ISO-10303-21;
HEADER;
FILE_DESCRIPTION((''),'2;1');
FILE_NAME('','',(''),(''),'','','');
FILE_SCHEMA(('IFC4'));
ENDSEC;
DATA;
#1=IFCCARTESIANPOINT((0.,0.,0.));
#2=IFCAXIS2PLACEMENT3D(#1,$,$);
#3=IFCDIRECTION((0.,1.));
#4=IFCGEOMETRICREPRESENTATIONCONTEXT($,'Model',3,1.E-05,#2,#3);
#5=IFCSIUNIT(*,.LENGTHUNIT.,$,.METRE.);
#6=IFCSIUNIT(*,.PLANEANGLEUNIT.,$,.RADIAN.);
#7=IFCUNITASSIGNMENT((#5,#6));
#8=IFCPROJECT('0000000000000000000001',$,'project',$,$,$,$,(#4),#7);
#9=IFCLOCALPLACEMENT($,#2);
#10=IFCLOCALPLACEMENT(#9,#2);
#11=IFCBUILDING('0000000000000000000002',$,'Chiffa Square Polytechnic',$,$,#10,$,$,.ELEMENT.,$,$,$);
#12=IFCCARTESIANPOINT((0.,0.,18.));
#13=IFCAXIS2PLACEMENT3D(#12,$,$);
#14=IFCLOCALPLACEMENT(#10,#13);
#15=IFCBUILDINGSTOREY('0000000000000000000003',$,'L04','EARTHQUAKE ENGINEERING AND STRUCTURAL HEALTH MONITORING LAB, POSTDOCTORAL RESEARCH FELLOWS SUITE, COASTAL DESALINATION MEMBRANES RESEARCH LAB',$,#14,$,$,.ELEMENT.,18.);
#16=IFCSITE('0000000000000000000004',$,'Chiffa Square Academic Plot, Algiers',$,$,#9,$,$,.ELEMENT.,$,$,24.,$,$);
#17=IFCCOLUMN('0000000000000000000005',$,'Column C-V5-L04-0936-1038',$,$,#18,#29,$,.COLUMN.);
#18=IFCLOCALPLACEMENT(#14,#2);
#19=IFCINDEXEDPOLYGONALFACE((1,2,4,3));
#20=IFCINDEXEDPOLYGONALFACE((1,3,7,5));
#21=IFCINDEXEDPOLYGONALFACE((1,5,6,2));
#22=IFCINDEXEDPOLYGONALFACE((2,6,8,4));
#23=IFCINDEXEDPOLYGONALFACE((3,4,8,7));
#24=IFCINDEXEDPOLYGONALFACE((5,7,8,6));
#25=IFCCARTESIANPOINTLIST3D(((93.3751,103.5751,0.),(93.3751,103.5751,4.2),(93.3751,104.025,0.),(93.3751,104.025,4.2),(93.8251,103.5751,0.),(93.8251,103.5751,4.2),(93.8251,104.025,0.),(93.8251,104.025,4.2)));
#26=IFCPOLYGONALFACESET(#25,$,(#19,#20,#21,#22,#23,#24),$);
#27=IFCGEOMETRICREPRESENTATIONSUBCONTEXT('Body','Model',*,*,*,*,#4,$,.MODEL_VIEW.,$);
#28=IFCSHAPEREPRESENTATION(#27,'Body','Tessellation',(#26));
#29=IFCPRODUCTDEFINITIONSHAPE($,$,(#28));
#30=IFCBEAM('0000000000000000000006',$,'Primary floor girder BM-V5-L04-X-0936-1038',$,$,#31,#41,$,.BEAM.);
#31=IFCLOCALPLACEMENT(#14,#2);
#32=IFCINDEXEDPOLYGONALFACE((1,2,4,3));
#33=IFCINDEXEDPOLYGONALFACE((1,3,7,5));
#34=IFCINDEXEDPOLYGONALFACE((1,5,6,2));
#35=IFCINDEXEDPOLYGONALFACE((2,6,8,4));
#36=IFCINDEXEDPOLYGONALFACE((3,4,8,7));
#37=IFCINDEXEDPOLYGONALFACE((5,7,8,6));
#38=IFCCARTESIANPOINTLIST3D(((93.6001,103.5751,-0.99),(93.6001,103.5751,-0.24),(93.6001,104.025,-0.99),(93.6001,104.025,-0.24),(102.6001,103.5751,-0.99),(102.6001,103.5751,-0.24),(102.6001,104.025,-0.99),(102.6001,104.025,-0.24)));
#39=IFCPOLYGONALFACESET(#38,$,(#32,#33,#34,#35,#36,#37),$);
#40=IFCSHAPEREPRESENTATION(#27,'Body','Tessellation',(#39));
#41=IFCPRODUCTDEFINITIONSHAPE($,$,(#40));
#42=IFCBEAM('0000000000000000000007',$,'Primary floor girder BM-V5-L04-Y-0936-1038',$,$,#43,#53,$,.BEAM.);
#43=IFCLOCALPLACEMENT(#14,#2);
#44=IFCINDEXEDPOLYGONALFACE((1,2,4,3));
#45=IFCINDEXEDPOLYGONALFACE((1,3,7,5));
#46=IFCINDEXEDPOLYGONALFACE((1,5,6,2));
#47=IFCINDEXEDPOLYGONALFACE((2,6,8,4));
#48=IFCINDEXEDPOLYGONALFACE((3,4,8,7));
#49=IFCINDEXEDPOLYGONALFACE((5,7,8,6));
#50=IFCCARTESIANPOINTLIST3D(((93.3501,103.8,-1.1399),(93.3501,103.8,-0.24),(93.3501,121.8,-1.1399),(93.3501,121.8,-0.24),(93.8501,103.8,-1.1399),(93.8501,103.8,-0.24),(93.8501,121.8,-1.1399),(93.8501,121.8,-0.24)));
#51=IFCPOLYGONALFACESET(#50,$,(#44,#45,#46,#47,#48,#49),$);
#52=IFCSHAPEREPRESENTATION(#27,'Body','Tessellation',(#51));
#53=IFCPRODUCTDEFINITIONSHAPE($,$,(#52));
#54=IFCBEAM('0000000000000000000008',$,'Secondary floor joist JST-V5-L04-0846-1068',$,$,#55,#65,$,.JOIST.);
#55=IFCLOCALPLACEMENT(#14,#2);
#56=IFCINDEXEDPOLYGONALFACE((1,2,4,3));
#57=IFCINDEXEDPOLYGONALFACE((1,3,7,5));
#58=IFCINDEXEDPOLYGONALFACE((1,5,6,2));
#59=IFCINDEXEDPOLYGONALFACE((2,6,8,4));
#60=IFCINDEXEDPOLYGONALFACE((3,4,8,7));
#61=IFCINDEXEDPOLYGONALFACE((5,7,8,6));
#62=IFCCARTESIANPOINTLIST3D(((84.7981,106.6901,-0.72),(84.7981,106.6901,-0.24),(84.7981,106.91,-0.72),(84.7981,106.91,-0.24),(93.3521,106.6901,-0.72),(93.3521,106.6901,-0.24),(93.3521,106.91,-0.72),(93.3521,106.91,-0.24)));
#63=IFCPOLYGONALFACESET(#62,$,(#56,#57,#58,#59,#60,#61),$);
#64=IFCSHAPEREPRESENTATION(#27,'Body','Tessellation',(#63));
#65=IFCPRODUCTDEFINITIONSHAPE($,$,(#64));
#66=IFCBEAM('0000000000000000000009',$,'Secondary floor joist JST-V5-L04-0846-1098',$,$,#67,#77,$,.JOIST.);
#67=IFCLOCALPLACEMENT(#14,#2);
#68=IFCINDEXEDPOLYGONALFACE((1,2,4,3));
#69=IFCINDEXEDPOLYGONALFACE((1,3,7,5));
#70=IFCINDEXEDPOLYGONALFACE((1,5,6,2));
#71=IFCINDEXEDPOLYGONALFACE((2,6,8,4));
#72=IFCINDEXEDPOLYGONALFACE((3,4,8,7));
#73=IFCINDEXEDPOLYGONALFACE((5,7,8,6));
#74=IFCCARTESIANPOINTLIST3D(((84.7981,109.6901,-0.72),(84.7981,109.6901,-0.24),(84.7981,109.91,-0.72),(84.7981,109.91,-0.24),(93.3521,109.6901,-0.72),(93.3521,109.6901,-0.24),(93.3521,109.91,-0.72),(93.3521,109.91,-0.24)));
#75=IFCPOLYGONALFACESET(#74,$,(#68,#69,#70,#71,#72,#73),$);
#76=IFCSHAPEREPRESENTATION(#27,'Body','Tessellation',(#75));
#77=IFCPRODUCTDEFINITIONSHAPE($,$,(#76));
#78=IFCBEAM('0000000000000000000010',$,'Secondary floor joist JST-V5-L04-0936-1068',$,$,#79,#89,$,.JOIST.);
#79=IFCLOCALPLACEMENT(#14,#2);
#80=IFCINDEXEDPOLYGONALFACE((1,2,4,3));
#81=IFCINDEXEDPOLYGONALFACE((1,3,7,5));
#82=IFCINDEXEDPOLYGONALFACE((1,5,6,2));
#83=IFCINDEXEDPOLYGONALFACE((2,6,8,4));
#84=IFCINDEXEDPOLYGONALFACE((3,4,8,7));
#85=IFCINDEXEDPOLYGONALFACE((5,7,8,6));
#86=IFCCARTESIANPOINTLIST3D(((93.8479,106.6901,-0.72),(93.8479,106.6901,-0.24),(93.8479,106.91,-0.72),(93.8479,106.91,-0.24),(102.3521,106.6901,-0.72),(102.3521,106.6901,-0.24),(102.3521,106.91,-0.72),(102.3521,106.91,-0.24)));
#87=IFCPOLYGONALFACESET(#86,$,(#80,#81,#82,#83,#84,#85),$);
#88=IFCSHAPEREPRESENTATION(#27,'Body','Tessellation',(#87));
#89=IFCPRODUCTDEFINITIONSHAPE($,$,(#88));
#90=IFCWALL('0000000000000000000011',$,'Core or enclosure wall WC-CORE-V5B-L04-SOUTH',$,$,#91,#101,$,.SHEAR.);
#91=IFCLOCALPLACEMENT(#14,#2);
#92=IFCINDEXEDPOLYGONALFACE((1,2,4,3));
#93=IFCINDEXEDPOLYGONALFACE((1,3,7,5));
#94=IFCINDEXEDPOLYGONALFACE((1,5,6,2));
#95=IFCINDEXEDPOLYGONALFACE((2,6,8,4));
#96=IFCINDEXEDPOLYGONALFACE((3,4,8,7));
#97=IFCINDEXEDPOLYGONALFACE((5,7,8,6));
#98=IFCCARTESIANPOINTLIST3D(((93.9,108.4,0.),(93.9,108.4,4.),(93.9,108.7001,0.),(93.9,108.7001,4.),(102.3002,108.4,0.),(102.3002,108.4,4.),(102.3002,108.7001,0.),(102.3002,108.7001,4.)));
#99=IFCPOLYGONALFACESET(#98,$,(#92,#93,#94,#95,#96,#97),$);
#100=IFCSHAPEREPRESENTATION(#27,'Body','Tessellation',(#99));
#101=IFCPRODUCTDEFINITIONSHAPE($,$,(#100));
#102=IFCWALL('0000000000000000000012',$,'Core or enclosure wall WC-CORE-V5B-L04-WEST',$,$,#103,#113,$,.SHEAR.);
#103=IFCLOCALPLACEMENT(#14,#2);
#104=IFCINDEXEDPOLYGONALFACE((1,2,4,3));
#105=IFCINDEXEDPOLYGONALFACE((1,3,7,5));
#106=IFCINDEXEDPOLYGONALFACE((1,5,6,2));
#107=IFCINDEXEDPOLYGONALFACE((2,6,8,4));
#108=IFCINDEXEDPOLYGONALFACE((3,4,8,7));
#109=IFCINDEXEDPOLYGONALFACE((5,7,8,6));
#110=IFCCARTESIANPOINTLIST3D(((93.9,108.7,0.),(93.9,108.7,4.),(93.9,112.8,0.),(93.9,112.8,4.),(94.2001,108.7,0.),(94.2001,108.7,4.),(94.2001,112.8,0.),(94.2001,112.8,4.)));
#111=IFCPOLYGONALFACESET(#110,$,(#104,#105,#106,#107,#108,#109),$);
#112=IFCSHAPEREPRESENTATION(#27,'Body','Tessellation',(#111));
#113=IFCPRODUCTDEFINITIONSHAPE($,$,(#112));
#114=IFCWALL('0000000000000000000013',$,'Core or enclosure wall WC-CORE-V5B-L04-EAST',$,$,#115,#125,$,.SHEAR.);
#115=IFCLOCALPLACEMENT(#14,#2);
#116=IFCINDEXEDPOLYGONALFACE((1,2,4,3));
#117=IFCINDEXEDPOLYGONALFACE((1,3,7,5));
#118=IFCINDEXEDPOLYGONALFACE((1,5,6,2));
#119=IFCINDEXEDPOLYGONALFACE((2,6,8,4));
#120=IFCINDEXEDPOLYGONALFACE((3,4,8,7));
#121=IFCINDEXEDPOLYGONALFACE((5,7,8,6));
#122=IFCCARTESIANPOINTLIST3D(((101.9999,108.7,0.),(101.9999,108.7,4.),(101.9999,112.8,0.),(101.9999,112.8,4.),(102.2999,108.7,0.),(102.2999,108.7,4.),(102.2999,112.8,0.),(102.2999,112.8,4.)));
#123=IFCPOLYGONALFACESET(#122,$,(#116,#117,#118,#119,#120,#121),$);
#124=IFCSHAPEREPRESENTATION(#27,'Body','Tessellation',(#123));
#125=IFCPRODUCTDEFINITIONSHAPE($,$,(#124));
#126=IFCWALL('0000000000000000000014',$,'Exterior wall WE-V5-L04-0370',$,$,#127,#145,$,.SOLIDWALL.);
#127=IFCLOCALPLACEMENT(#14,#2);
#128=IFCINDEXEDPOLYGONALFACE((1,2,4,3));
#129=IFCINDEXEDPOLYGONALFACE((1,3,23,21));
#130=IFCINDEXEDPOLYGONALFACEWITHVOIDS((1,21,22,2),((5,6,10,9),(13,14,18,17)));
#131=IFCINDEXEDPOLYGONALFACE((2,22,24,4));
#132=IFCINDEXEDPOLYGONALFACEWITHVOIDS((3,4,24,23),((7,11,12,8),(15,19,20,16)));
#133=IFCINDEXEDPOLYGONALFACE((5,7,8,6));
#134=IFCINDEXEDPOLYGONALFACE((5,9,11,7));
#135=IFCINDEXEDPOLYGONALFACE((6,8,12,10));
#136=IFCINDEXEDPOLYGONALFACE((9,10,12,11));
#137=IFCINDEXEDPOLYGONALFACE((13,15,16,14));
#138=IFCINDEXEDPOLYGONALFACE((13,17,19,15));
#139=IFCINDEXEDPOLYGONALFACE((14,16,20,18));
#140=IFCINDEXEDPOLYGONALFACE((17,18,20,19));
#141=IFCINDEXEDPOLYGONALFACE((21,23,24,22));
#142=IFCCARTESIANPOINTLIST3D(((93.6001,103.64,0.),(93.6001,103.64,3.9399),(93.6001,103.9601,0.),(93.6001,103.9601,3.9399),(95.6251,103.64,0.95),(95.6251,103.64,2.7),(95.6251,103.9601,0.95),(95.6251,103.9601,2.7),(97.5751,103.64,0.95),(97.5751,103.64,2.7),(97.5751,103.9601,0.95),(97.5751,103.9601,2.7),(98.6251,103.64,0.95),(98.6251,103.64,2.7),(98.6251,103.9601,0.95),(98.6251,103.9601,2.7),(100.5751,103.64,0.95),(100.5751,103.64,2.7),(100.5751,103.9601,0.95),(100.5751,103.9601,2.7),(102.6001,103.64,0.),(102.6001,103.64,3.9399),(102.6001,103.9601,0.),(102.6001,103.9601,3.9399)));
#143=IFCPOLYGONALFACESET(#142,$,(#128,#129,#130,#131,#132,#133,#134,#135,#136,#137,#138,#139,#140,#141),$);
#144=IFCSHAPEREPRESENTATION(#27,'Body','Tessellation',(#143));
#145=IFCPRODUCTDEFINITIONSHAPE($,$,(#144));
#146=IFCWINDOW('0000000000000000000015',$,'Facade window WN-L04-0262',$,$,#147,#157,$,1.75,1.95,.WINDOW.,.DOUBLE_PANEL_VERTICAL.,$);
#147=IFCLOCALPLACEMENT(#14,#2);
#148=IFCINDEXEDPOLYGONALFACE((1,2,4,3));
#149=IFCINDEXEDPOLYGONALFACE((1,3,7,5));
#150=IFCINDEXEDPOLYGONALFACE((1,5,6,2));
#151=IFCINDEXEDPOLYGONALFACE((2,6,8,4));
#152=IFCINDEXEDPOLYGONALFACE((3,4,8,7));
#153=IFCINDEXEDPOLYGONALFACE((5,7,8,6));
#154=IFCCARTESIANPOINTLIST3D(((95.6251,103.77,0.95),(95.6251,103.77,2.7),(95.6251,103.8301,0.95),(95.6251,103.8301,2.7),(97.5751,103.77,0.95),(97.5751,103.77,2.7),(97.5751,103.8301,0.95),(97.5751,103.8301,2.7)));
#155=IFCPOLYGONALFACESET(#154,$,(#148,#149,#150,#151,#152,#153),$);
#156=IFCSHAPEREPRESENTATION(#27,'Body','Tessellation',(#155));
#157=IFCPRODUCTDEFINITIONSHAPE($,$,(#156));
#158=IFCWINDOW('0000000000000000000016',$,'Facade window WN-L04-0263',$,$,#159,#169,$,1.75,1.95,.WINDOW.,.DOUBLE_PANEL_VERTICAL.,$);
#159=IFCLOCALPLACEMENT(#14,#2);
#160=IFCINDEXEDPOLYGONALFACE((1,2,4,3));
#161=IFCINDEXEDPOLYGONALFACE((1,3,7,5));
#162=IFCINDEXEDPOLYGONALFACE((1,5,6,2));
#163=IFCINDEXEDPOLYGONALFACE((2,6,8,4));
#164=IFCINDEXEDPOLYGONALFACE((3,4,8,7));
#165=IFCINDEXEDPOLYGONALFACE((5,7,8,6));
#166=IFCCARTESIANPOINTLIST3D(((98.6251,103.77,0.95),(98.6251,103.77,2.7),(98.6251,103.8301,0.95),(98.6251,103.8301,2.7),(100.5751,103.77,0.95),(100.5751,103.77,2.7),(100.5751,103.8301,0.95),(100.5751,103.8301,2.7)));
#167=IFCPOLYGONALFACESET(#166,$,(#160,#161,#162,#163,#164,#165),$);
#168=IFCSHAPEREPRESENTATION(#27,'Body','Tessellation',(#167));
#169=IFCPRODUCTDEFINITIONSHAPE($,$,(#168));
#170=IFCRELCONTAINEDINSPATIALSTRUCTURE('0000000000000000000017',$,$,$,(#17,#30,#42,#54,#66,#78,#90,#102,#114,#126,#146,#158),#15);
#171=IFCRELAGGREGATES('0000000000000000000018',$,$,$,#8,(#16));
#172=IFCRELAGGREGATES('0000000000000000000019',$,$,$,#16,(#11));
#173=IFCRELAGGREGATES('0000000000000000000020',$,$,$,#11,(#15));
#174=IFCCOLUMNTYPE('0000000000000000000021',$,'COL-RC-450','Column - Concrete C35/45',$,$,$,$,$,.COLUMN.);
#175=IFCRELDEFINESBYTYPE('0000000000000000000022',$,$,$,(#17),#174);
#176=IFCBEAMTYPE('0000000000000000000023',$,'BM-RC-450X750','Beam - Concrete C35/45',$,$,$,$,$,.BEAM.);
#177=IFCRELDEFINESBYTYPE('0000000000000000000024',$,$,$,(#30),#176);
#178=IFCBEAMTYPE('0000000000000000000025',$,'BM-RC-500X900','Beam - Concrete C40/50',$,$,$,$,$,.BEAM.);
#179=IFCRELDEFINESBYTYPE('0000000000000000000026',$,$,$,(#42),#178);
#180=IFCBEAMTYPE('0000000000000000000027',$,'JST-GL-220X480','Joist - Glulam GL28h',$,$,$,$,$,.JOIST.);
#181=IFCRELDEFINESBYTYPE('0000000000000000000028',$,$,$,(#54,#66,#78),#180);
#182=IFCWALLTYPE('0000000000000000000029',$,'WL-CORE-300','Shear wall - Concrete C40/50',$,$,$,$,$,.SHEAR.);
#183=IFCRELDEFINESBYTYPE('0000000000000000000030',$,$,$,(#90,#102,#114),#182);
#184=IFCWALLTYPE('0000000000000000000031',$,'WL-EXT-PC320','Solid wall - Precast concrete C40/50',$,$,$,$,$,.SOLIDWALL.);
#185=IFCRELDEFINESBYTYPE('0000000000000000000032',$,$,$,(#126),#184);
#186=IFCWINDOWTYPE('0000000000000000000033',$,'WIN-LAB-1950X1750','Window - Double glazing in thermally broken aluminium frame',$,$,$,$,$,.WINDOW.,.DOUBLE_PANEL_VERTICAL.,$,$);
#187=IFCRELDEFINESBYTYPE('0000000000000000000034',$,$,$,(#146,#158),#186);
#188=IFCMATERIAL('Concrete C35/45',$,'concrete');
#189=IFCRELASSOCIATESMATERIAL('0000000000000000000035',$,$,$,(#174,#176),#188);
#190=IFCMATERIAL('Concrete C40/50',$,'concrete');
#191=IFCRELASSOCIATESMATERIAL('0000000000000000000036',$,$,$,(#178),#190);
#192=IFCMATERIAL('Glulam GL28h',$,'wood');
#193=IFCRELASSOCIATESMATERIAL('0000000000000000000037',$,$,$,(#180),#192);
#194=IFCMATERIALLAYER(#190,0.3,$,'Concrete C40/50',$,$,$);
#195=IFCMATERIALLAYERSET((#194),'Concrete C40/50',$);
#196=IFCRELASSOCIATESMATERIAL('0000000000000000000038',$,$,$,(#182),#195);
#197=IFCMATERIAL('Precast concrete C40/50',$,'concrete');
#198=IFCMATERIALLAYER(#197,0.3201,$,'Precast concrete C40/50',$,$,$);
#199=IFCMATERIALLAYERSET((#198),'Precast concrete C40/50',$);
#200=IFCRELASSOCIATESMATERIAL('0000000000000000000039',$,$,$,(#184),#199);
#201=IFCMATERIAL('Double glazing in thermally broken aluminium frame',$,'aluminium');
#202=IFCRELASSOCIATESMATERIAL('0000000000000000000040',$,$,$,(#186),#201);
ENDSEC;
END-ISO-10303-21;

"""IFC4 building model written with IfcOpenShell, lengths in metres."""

from ifc_helpers import new_model, si_unit, direction, frame, frame_2d, origin, origin_2d, place, context, subcontext, project, spatial, rectangle, extrude, material, layer, layer_set, material_profile, profile_set, type_object, element, fill, save


model = new_model("IFC4")

# Units and contexts
model_context = context("Model", 3, precision=1e-05, world=origin(), true_north=direction((0.0, 1.0)))
body_context = subcontext(model_context, "Body", "Model", "MODEL_VIEW")
ifc_project = project(units=[si_unit("LENGTHUNIT", "METRE"), si_unit("PLANEANGLEUNIT", "RADIAN")], contexts=[model_context])

# Site, building, storey
site_placement = place(None, origin())
site = spatial("IfcSite", under=ifc_project, at=site_placement, Name="Chiffa Square Academic Plot, Algiers", CompositionType="ELEMENT", RefElevation=24.0)
building_placement = place(site_placement, origin())
building = spatial("IfcBuilding", under=site, at=building_placement, Name="Chiffa Square Polytechnic", CompositionType="ELEMENT")
storey_placement = place(building_placement, frame((0.0, 0.0, 18.0)))
storey = spatial("IfcBuildingStorey", under=building, at=storey_placement, Name="L04", Description="EARTHQUAKE ENGINEERING AND STRUCTURAL HEALTH MONITORING LAB, POSTDOCTORAL RESEARCH FELLOWS SUITE, COASTAL DESALINATION MEMBRANES RESEARCH LAB", CompositionType="ELEMENT", Elevation=18.0)

# Column
ifc_material_1 = material(Name="Concrete C35/45", Category="concrete")
ifc_material_profile_1 = material_profile(ifc_material_1, rectangle(XDim=0.45, YDim=0.45, at=origin_2d()), Name="RC 450x450")
ifc_profile_set_1 = profile_set([ifc_material_profile_1], Name="Concrete C35/45")
column_type = type_object("IfcColumnType", Name="COL-RC-450", Description="Column - Concrete C35/45", PredefinedType="COLUMN", material=ifc_profile_set_1)
column_placement = place(storey_placement, frame((93.6001, 103.8, 0.0), z_axis=(0.0, 0.0, 1.0), x_axis=(1.0, 0.0, 0.0)))
element("IfcColumn", 1, at=column_placement, inside=storey, type_object=column_type, Name="Column C-V5-L04-0936-1038", PredefinedType="COLUMN", context=body_context, shape_type="SweptSolid", body=[
    extrude(rectangle(XDim=0.45, YDim=0.45, at=origin_2d()), origin(), (0.0, 0.0, 1.0), 4.2),
])

# Beams
ifc_material_profile_2 = material_profile(ifc_material_1, rectangle(XDim=0.45, YDim=0.75, at=origin_2d()), Name="RC 450x750")
ifc_profile_set_2 = profile_set([ifc_material_profile_2], Name="Concrete C35/45")
beam_type_1 = type_object("IfcBeamType", Name="BM-RC-450X750", Description="Beam - Concrete C35/45", PredefinedType="BEAM", material=ifc_profile_set_2)
beam_1_placement = place(storey_placement, frame((93.6001, 103.8, -0.615), z_axis=(1.0, 0.0, 0.0), x_axis=(0.0, 1.0, 0.0)))
element("IfcBeam", 2, at=beam_1_placement, inside=storey, type_object=beam_type_1, Name="Primary floor girder BM-V5-L04-X-0936-1038", PredefinedType="BEAM", context=body_context, shape_type="SweptSolid", body=[
    extrude(rectangle(XDim=0.45, YDim=0.75, at=origin_2d()), origin(), (0.0, 0.0, 1.0), 9.0),
])
ifc_material_2 = material(Name="Concrete C40/50", Category="concrete")
ifc_material_profile_3 = material_profile(ifc_material_2, rectangle(XDim=0.5, YDim=0.8999, at=origin_2d()), Name="RC 500x900")
ifc_profile_set_3 = profile_set([ifc_material_profile_3], Name="Concrete C40/50")
beam_type_2 = type_object("IfcBeamType", Name="BM-RC-500X900", Description="Beam - Concrete C40/50", PredefinedType="BEAM", material=ifc_profile_set_3)
beam_2_placement = place(storey_placement, frame((93.6001, 103.8, -0.6899), z_axis=(0.0, 1.0, 0.0), x_axis=(-1.0, 0.0, 0.0)))
element("IfcBeam", 3, at=beam_2_placement, inside=storey, type_object=beam_type_2, Name="Primary floor girder BM-V5-L04-Y-0936-1038", PredefinedType="BEAM", context=body_context, shape_type="SweptSolid", body=[
    extrude(rectangle(XDim=0.5, YDim=0.8999, at=origin_2d()), origin(), (0.0, 0.0, 1.0), 18.0),
])
ifc_material_3 = material(Name="Glulam GL28h", Category="wood")
ifc_material_profile_4 = material_profile(ifc_material_3, rectangle(XDim=0.22, YDim=0.48, at=origin_2d()), Name="GL28h 220x480")
ifc_profile_set_4 = profile_set([ifc_material_profile_4], Name="Glulam GL28h")
beam_type_3 = type_object("IfcBeamType", Name="JST-GL-220X480", Description="Joist - Glulam GL28h", PredefinedType="JOIST", material=ifc_profile_set_4)
for number, where, z_axis, x_axis, name in (
    (4, (84.7981, 106.8, -0.48), (1.0, 0.0, 0.0), (0.0, 1.0, 0.0), "Secondary floor joist JST-V5-L04-0846-1068"),
    (5, (84.7981, 109.8, -0.48), (1.0, 0.0, 0.0), (0.0, 1.0, 0.0), "Secondary floor joist JST-V5-L04-0846-1098"),
):
    element("IfcBeam", number, at=place(storey_placement, frame(where, z_axis=z_axis, x_axis=x_axis)), inside=storey, type_object=beam_type_3, Name=name, PredefinedType="JOIST", context=body_context, shape_type="SweptSolid", body=[
        extrude(rectangle(XDim=0.22, YDim=0.48, at=origin_2d()), origin(), (0.0, 0.0, 1.0), 8.554),
    ])
beam_3_placement = place(storey_placement, frame((93.8479, 106.8, -0.48), z_axis=(1.0, 0.0, 0.0), x_axis=(0.0, 1.0, 0.0)))
element("IfcBeam", 6, at=beam_3_placement, inside=storey, type_object=beam_type_3, Name="Secondary floor joist JST-V5-L04-0936-1068", PredefinedType="JOIST", context=body_context, shape_type="SweptSolid", body=[
    extrude(rectangle(XDim=0.22, YDim=0.48, at=origin_2d()), origin(), (0.0, 0.0, 1.0), 8.5042),
])

# Walls
ifc_layer_1 = layer(ifc_material_2, 0.3, Name="Concrete C40/50")
ifc_layer_set_1 = layer_set([ifc_layer_1], Name="Concrete C40/50")
wall_type_1 = type_object("IfcWallType", Name="WL-CORE-300", Description="Shear wall - Concrete C40/50", PredefinedType="SHEAR", material=ifc_layer_set_1)
wall_1_placement = place(storey_placement, frame((93.8999, 108.55, 0.0), z_axis=(0.0, 0.0, 1.0), x_axis=(1.0, 0.0, 0.0)))
element("IfcWall", 7, at=wall_1_placement, inside=storey, type_object=wall_type_1, Name="Core or enclosure wall WC-CORE-V5B-L04-SOUTH", PredefinedType="SHEAR", context=body_context, shape_type="SweptSolid", body=[
    extrude(rectangle(XDim=8.4001, YDim=0.3, at=frame_2d((4.2002, 0.0))), origin(), (0.0, 0.0, 1.0), 4.0),
])
for number, where, z_axis, x_axis, name in (
    (8, (94.05, 108.7, 0.0), (0.0, 0.0, 1.0), (0.0, 1.0, 0.0), "Core or enclosure wall WC-CORE-V5B-L04-WEST"),
    (9, (102.1499, 108.7, 0.0), (0.0, 0.0, 1.0), (0.0, 1.0, 0.0), "Core or enclosure wall WC-CORE-V5B-L04-EAST"),
):
    element("IfcWall", number, at=place(storey_placement, frame(where, z_axis=z_axis, x_axis=x_axis)), inside=storey, type_object=wall_type_1, Name=name, PredefinedType="SHEAR", context=body_context, shape_type="SweptSolid", body=[
        extrude(rectangle(XDim=4.1001, YDim=0.3, at=frame_2d((2.05, 0.0))), origin(), (0.0, 0.0, 1.0), 4.0),
    ])

# Wall, openings, windows
ifc_material_4 = material(Name="Precast concrete C40/50", Category="concrete")
ifc_layer_2 = layer(ifc_material_4, 0.3201, Name="Precast concrete C40/50")
ifc_layer_set_2 = layer_set([ifc_layer_2], Name="Precast concrete C40/50")
wall_type_2 = type_object("IfcWallType", Name="WL-EXT-PC320", Description="Solid wall - Precast concrete C40/50", PredefinedType="SOLIDWALL", material=ifc_layer_set_2)
wall_2_placement = place(storey_placement, frame((93.6001, 103.8, 0.0), z_axis=(0.0, 0.0, 1.0), x_axis=(1.0, 0.0, 0.0)))
wall_2 = element("IfcWall", 10, at=wall_2_placement, inside=storey, type_object=wall_type_2, Name="Exterior wall WE-V5-L04-0370", PredefinedType="SOLIDWALL", context=body_context, shape_type="SweptSolid", body=[
    extrude(rectangle(XDim=9.0, YDim=0.3201, at=frame_2d((4.5, 0.0))), origin(), (0.0, 0.0, 1.0), 3.9399),
])
opening_1_placement = place(wall_2_placement, frame((2.0249, 0.0, 0.95)))
opening_1 = element("IfcOpeningElement", 11, at=opening_1_placement, cuts=wall_2, PredefinedType="OPENING", context=body_context, shape_type="SweptSolid", body=[
    extrude(rectangle(XDim=1.95, YDim=1.75, at=frame_2d((0.9751, 0.875))), frame((0.0, 0.1699, 0.0), z_axis=(0.0, -1.0, 0.0), x_axis=(1.0, 0.0, 0.0)), (0.0, 0.0, 1.0), 0.3401),
])
opening_2_placement = place(wall_2_placement, frame((5.0249, 0.0, 0.95)))
opening_2 = element("IfcOpeningElement", 12, at=opening_2_placement, cuts=wall_2, PredefinedType="OPENING", context=body_context, shape_type="SweptSolid", body=[
    extrude(rectangle(XDim=1.95, YDim=1.75, at=frame_2d((0.9751, 0.875))), frame((0.0, 0.1699, 0.0), z_axis=(0.0, -1.0, 0.0), x_axis=(1.0, 0.0, 0.0)), (0.0, 0.0, 1.0), 0.3401),
])
ifc_material_5 = material(Name="Double glazing in thermally broken aluminium frame", Category="aluminium")
window_type = type_object("IfcWindowType", Name="WIN-LAB-1950X1750", Description="Window - Double glazing in thermally broken aluminium frame", PartitioningType="DOUBLE_PANEL_VERTICAL", PredefinedType="WINDOW", material=ifc_material_5)
window_1_placement = place(opening_1_placement, origin())
window_1 = element("IfcWindow", 13, at=window_1_placement, inside=storey, type_object=window_type, Name="Facade window WN-L04-0262", OverallHeight=1.75, OverallWidth=1.95, PartitioningType="DOUBLE_PANEL_VERTICAL", PredefinedType="WINDOW", context=body_context, shape_type="SweptSolid", body=[
    extrude(rectangle(XDim=1.95, YDim=1.75, at=frame_2d((0.9751, 0.875))), frame((0.0, 0.03, 0.0), z_axis=(0.0, -1.0, 0.0), x_axis=(1.0, 0.0, 0.0)), (0.0, 0.0, 1.0), 0.0601),
])
fill(opening_1, window_1)
window_2_placement = place(opening_2_placement, origin())
window_2 = element("IfcWindow", 14, at=window_2_placement, inside=storey, type_object=window_type, Name="Facade window WN-L04-0263", OverallHeight=1.75, OverallWidth=1.95, PartitioningType="DOUBLE_PANEL_VERTICAL", PredefinedType="WINDOW", context=body_context, shape_type="SweptSolid", body=[
    extrude(rectangle(XDim=1.95, YDim=1.75, at=frame_2d((0.9751, 0.875))), frame((0.0, 0.03, 0.0), z_axis=(0.0, -1.0, 0.0), x_axis=(1.0, 0.0, 0.0)), (0.0, 0.0, 1.0), 0.0601),
])
fill(opening_2, window_2)

save(model, "model.ifc")
